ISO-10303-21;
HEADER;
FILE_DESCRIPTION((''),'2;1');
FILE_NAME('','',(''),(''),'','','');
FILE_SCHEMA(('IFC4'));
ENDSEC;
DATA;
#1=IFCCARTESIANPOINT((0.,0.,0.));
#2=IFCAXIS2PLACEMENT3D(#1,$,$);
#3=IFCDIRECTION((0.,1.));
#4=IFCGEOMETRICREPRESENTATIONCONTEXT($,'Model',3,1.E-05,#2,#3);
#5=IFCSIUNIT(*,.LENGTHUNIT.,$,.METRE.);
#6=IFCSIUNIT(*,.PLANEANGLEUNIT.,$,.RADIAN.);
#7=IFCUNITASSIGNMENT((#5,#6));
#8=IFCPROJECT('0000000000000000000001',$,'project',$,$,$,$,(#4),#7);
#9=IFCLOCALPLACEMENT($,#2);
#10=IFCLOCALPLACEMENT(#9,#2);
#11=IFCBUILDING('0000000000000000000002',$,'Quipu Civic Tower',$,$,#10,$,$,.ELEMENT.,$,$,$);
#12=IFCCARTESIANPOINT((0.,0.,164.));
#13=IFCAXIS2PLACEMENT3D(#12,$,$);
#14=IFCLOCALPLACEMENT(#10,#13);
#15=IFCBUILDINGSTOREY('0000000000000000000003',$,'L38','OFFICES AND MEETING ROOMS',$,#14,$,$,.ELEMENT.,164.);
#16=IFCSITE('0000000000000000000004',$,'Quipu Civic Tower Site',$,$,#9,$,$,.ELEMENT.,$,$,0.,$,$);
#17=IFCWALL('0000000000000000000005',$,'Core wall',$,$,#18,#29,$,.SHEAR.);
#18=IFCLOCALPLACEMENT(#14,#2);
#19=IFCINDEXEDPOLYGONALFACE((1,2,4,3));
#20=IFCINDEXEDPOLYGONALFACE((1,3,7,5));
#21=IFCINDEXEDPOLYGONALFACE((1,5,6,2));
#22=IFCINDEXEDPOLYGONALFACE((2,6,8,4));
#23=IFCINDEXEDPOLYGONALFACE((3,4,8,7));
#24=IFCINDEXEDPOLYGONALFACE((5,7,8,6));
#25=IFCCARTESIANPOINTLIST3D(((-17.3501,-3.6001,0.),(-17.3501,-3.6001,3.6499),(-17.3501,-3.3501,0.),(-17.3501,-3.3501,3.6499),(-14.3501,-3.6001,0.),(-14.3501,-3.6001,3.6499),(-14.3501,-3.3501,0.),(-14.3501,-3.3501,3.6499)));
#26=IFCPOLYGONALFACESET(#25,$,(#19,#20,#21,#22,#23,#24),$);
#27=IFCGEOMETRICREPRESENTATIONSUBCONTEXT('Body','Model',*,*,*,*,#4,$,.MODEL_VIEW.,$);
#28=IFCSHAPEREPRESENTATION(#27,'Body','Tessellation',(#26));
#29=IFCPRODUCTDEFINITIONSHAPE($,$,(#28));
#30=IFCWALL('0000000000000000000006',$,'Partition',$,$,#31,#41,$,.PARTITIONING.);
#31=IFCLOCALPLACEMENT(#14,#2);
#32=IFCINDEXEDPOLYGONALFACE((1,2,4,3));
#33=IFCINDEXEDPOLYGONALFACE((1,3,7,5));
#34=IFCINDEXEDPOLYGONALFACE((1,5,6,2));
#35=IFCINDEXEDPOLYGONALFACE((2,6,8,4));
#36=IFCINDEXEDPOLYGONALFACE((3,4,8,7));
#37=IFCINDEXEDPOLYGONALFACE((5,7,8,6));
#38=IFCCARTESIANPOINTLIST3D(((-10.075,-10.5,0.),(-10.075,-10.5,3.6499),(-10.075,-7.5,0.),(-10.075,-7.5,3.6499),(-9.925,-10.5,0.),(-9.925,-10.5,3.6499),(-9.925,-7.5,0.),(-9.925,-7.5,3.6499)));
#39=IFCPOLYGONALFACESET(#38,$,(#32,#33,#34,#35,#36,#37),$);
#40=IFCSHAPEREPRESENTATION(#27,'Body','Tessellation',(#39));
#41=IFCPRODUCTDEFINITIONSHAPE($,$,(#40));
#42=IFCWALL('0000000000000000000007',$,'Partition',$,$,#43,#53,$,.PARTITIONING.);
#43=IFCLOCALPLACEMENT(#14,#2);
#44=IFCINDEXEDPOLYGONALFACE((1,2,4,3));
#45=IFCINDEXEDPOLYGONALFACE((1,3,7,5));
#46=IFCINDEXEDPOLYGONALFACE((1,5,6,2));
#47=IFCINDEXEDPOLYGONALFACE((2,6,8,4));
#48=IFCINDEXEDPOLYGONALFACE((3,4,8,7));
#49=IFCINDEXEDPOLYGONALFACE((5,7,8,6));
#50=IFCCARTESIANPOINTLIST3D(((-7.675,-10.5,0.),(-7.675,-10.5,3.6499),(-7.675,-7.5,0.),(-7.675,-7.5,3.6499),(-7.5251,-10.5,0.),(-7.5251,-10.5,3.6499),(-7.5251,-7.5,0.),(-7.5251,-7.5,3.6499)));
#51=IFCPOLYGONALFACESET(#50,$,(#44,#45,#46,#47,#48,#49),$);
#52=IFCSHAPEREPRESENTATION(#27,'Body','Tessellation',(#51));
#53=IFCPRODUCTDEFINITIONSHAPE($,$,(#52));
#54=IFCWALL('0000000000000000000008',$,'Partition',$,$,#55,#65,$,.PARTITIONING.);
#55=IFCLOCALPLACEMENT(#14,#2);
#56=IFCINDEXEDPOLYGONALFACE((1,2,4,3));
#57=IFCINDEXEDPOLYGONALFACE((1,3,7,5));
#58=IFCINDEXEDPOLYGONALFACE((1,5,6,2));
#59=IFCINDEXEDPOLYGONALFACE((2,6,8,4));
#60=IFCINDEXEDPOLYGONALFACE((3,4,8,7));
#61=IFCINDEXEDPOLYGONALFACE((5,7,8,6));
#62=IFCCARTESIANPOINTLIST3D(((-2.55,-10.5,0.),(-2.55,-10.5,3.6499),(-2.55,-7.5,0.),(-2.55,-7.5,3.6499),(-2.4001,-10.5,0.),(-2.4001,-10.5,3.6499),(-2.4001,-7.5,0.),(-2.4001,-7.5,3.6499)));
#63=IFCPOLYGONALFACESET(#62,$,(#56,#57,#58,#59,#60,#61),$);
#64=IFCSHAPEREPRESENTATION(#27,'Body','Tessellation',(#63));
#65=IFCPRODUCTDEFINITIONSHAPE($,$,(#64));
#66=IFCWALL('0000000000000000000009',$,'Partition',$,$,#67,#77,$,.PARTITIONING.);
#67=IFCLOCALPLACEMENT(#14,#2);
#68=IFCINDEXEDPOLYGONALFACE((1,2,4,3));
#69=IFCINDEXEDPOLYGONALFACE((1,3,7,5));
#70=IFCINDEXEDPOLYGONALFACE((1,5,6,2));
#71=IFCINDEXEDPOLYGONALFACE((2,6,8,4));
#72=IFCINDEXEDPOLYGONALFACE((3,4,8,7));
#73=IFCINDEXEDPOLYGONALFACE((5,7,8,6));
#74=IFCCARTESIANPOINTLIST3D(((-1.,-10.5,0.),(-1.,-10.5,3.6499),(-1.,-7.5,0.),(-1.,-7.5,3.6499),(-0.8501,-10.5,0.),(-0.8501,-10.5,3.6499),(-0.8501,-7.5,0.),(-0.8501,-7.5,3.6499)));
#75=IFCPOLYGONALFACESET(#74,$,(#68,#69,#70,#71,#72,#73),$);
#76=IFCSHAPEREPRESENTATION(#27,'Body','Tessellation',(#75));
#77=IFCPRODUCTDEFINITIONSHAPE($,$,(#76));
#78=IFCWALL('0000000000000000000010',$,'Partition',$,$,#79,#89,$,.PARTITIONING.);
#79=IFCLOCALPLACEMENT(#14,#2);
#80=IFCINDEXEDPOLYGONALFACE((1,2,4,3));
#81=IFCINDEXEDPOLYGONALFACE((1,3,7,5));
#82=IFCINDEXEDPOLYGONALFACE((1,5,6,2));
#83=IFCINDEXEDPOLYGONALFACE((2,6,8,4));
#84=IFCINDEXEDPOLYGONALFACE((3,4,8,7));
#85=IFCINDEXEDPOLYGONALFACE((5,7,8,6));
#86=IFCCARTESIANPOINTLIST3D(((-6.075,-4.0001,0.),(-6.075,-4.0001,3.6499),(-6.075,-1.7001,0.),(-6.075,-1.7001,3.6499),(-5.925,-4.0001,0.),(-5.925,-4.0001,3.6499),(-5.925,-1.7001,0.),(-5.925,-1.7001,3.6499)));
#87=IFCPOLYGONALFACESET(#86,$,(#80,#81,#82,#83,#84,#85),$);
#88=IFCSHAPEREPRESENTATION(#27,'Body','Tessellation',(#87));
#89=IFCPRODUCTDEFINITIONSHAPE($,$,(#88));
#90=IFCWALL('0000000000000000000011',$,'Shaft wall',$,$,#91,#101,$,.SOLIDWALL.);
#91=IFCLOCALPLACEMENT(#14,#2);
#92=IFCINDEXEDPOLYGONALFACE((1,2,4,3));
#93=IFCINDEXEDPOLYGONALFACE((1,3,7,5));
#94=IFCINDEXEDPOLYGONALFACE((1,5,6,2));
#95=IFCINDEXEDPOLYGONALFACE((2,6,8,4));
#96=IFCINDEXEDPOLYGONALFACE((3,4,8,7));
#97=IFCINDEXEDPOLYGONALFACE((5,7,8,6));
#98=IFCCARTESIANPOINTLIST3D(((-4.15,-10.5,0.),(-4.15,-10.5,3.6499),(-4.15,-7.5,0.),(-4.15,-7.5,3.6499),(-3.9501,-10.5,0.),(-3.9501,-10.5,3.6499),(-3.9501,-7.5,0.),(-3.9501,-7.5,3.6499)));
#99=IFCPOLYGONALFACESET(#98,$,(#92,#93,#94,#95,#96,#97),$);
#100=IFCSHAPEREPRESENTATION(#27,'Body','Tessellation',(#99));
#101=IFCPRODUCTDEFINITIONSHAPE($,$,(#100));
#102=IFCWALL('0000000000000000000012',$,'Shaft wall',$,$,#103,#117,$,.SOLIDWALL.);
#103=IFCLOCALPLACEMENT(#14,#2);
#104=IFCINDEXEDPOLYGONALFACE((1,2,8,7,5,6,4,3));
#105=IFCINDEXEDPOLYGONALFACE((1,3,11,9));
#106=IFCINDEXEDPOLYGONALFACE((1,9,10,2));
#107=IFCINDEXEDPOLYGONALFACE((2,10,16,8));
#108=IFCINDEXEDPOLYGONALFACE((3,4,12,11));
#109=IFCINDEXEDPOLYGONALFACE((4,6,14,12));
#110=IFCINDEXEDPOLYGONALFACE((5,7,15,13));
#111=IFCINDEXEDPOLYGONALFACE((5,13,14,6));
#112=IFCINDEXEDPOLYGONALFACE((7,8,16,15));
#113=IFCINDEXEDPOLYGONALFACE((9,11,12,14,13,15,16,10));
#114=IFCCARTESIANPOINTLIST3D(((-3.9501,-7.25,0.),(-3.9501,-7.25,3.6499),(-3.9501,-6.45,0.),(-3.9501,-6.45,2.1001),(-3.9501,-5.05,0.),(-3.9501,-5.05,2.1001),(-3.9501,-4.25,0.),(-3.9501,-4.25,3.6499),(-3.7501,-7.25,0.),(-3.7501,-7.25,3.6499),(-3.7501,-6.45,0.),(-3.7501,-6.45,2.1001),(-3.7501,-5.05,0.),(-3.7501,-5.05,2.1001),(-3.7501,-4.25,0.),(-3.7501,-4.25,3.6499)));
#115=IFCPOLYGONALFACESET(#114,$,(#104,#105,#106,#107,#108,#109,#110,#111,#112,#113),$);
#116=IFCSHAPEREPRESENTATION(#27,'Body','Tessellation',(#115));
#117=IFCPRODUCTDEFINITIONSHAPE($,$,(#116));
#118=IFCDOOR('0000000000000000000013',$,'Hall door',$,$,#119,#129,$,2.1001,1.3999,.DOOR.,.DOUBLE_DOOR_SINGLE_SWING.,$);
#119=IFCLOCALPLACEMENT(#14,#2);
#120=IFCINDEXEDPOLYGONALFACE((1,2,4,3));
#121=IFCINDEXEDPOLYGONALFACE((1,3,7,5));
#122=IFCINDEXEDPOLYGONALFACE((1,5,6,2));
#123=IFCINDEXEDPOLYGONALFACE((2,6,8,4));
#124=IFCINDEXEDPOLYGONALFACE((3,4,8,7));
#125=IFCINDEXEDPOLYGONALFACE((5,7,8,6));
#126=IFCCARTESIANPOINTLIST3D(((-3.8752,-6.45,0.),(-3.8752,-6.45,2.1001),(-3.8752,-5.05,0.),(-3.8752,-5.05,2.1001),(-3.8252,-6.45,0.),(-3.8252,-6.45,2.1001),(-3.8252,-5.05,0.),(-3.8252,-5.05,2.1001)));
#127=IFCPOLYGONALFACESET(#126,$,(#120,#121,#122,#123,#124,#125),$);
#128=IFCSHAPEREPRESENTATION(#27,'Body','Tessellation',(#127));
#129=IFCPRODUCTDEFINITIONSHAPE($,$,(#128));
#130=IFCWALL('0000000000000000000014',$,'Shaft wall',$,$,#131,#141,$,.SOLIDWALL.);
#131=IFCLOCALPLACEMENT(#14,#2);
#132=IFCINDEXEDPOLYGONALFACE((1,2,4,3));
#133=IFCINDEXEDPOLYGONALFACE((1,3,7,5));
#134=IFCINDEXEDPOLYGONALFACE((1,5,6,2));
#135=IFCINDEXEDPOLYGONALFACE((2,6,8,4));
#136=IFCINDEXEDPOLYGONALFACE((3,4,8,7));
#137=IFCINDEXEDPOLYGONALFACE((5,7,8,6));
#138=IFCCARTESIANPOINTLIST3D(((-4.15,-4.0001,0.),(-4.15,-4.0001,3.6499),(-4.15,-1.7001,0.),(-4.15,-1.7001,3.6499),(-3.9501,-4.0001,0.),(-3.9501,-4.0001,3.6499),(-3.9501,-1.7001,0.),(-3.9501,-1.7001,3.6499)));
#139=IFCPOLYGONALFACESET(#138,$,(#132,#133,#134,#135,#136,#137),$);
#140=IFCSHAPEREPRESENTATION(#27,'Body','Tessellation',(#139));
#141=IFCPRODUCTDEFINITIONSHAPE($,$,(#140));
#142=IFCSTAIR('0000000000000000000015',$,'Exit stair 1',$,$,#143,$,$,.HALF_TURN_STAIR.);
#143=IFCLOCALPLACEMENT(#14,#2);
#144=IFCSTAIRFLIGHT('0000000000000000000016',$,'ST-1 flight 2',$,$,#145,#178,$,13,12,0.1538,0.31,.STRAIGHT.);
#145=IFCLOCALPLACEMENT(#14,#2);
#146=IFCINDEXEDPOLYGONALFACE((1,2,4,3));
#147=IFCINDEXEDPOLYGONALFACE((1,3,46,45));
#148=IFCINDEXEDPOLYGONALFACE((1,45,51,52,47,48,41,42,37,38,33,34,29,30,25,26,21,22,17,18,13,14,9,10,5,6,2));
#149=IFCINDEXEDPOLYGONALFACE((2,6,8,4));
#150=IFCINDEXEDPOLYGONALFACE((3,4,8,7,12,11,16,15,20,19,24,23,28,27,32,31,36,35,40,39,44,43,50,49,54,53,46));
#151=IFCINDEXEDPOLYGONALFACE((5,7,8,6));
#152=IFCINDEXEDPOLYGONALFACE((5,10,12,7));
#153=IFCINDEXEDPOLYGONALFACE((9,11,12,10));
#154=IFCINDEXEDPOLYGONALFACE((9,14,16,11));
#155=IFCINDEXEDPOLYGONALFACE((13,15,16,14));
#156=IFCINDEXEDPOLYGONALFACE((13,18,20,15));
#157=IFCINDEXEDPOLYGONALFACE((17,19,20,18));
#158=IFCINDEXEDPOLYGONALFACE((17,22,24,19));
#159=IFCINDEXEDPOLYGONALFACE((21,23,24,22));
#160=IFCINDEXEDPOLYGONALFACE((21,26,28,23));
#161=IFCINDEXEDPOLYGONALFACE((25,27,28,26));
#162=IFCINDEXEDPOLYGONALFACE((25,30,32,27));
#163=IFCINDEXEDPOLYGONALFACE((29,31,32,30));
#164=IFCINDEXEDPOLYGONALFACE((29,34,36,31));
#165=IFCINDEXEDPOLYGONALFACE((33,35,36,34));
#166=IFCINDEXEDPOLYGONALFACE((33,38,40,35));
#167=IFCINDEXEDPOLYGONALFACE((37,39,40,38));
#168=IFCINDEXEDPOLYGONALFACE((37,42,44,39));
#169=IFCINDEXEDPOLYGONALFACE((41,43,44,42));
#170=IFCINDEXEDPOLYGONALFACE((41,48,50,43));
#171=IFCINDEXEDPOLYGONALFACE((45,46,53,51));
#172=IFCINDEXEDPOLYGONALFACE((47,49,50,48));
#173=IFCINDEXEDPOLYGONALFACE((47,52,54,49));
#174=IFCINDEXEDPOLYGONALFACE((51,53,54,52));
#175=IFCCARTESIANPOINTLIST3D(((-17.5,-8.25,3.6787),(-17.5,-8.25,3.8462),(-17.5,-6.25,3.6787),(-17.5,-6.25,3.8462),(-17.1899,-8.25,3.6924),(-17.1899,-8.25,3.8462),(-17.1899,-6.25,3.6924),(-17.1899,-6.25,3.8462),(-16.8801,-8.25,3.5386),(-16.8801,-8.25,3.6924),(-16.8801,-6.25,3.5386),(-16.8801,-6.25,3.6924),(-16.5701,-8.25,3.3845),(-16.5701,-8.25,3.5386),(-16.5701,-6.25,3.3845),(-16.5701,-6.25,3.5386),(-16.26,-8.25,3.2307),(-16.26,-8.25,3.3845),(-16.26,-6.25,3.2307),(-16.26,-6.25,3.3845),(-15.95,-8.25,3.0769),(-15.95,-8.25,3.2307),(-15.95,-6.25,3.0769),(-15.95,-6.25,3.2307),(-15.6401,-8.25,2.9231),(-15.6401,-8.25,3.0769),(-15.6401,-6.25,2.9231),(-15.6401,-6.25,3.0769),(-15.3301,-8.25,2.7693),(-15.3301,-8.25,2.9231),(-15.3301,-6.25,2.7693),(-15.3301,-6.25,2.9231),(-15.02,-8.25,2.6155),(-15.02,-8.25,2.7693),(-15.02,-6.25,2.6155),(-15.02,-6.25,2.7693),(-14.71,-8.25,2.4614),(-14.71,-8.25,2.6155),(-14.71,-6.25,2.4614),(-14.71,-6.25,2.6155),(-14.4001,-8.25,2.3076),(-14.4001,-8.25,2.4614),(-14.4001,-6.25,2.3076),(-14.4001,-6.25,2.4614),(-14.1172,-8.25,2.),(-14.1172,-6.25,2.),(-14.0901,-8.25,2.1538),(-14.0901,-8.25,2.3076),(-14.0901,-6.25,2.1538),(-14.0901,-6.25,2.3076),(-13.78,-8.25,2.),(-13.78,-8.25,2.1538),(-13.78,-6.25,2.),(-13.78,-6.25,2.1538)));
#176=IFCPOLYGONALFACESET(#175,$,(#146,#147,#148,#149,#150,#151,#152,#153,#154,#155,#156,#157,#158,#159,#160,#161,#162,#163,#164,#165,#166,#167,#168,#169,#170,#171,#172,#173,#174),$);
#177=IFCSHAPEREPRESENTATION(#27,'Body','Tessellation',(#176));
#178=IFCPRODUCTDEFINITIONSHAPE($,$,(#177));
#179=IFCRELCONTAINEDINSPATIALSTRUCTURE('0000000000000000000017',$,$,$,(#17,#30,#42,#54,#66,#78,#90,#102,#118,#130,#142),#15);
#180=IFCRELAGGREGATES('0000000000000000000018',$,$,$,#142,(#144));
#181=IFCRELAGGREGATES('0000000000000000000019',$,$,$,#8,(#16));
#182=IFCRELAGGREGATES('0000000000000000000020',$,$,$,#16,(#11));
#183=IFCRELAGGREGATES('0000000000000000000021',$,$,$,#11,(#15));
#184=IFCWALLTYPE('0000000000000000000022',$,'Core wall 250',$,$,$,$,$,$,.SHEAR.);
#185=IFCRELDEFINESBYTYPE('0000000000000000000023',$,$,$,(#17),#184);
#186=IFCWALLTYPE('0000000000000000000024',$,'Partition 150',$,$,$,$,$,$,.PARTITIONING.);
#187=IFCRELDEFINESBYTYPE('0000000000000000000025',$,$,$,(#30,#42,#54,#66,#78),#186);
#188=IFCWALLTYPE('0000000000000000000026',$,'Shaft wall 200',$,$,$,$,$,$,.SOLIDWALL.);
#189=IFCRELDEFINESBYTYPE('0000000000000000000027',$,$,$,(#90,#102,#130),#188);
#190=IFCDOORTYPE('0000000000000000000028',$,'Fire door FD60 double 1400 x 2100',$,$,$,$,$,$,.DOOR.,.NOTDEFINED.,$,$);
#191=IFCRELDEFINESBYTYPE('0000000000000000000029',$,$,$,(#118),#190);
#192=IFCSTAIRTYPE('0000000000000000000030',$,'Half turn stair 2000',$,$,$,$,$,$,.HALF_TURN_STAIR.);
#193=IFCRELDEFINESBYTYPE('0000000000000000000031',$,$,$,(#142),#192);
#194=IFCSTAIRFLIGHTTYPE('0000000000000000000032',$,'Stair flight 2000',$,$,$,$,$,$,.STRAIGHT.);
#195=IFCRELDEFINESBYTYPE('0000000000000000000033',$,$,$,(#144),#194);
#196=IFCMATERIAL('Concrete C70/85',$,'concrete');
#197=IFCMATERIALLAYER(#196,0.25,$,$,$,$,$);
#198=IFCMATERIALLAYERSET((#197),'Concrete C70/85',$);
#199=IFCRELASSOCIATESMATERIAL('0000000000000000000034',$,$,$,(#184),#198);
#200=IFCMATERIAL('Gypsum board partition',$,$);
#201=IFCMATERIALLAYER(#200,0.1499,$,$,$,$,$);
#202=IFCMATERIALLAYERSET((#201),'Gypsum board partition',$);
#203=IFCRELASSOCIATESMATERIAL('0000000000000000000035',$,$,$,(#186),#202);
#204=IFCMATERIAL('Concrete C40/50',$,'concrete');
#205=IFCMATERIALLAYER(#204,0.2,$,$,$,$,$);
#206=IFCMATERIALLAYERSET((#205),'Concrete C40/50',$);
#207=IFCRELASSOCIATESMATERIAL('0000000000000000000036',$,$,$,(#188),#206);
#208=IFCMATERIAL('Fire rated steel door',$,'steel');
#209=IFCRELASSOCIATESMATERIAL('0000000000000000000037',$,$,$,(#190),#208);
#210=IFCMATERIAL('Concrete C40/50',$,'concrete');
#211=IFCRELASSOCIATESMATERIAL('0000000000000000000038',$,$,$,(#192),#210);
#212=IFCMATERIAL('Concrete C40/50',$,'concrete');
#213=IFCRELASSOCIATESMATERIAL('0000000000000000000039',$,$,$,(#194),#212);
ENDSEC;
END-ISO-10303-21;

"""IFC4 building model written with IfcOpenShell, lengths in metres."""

from ifc_helpers import new_model, si_unit, direction, frame, frame_2d, origin, place, context, subcontext, project, spatial, polyline, rectangle, outline, extrude, material, layer, layer_set, type_object, element, fill, aggregate, save


model = new_model("IFC4")

# Units and contexts
model_context = context("Model", 3, precision=1e-05, world=origin(), true_north=direction((0.0, 1.0)))
body_context = subcontext(model_context, "Body", "Model", "MODEL_VIEW")
ifc_project = project(units=[si_unit("LENGTHUNIT", "METRE"), si_unit("PLANEANGLEUNIT", "RADIAN")], contexts=[model_context])

# Site, building, storey
site_placement = place(None, origin())
site = spatial("IfcSite", under=ifc_project, at=site_placement, Name="Quipu Civic Tower Site", CompositionType="ELEMENT", RefElevation=0.0)
building_placement = place(site_placement, origin())
building = spatial("IfcBuilding", under=site, at=building_placement, Name="Quipu Civic Tower", CompositionType="ELEMENT")
storey_placement = place(building_placement, frame((0.0, 0.0, 164.0)))
storey = spatial("IfcBuildingStorey", under=building, at=storey_placement, Name="L38", Description="OFFICES AND MEETING ROOMS", CompositionType="ELEMENT", Elevation=164.0)

# Shared definitions
ifc_material_1 = material(Name="Concrete C70/85", Category="concrete")
ifc_layer_1 = layer(ifc_material_1, 0.25)
ifc_layer_set_1 = layer_set([ifc_layer_1], Name="Concrete C70/85")
wall_type_1 = type_object("IfcWallType", Name="Core wall 250", PredefinedType="SHEAR", material=ifc_layer_set_1)

# Walls
wall_1_placement = place(storey_placement, frame((-17.3501, -3.4751, 0.0), z_axis=(0.0, 0.0, 1.0), x_axis=(1.0, 0.0, 0.0)))
element("IfcWall", 1, at=wall_1_placement, inside=storey, type_object=wall_type_1, Name="Core wall", PredefinedType="SHEAR", context=body_context, shape_type="SweptSolid", body=[
    extrude(rectangle(XDim=3.0, YDim=0.25, at=frame_2d((1.5, 0.0))), origin(), (0.0, 0.0, 1.0), 3.6499),
])
ifc_material_2 = material(Name="Gypsum board partition")
ifc_layer_2 = layer(ifc_material_2, 0.1499)
ifc_layer_set_2 = layer_set([ifc_layer_2], Name="Gypsum board partition")
wall_type_2 = type_object("IfcWallType", Name="Partition 150", PredefinedType="PARTITIONING", material=ifc_layer_set_2)
for number, where, z_axis, x_axis, name in (
    (2, (-10.0, -10.5, 0.0), (0.0, 0.0, 1.0), (0.0, 1.0, 0.0), "Partition"),
    (3, (-7.6001, -10.5, 0.0), (0.0, 0.0, 1.0), (0.0, 1.0, 0.0), "Partition"),
    (4, (-2.4751, -10.5, 0.0), (0.0, 0.0, 1.0), (0.0, 1.0, 0.0), "Partition"),
    (5, (-0.925, -10.5, 0.0), (0.0, 0.0, 1.0), (0.0, 1.0, 0.0), "Partition"),
):
    element("IfcWall", number, at=place(storey_placement, frame(where, z_axis=z_axis, x_axis=x_axis)), inside=storey, type_object=wall_type_2, Name=name, PredefinedType="PARTITIONING", context=body_context, shape_type="SweptSolid", body=[
        extrude(rectangle(XDim=3.0, YDim=0.1499, at=frame_2d((1.5, 0.0))), origin(), (0.0, 0.0, 1.0), 3.6499),
    ])
wall_2_placement = place(storey_placement, frame((-6.0, -4.0, 0.0), z_axis=(0.0, 0.0, 1.0), x_axis=(0.0, 1.0, 0.0)))
element("IfcWall", 6, at=wall_2_placement, inside=storey, type_object=wall_type_2, Name="Partition", PredefinedType="PARTITIONING", context=body_context, shape_type="SweptSolid", body=[
    extrude(rectangle(XDim=2.3, YDim=0.1499, at=frame_2d((1.1499, 0.0))), origin(), (0.0, 0.0, 1.0), 3.6499),
])
ifc_material_3 = material(Name="Concrete C40/50", Category="concrete")
ifc_layer_3 = layer(ifc_material_3, 0.2)
ifc_layer_set_3 = layer_set([ifc_layer_3], Name="Concrete C40/50")
wall_type_3 = type_object("IfcWallType", Name="Shaft wall 200", PredefinedType="SOLIDWALL", material=ifc_layer_set_3)
wall_3_placement = place(storey_placement, frame((-4.05, -10.5, 0.0), z_axis=(0.0, 0.0, 1.0), x_axis=(0.0, 1.0, 0.0)))
element("IfcWall", 7, at=wall_3_placement, inside=storey, type_object=wall_type_3, Name="Shaft wall", PredefinedType="SOLIDWALL", context=body_context, shape_type="SweptSolid", body=[
    extrude(rectangle(XDim=3.0, YDim=0.2, at=frame_2d((1.5, 0.0))), origin(), (0.0, 0.0, 1.0), 3.6499),
])

# Wall, opening, door
wall_4_placement = place(storey_placement, frame((-3.8501, -4.25, 0.0), z_axis=(0.0, 0.0, 1.0), x_axis=(0.0, -1.0, 0.0)))
wall_4 = element("IfcWall", 8, at=wall_4_placement, inside=storey, type_object=wall_type_3, Name="Shaft wall", PredefinedType="SOLIDWALL", context=body_context, shape_type="SweptSolid", body=[
    extrude(rectangle(XDim=3.0, YDim=0.2, at=frame_2d((1.5, 0.0))), origin(), (0.0, 0.0, 1.0), 3.6499),
])
opening_1_placement = place(wall_4_placement, frame((0.8, 0.0, 0.0)))
opening_1 = element("IfcOpeningElement", 9, at=opening_1_placement, cuts=wall_4, PredefinedType="OPENING", context=body_context, shape_type="SweptSolid", body=[
    extrude(rectangle(XDim=1.3999, YDim=2.1001, at=frame_2d((0.7, 1.05))), frame((0.0, 0.1099, 0.0), z_axis=(0.0, -1.0, 0.0), x_axis=(1.0, 0.0, 0.0)), (0.0, 0.0, 1.0), 0.22),
])
ifc_material_4 = material(Name="Fire rated steel door", Category="steel")
door_type_1 = type_object("IfcDoorType", Name="Fire door FD60 double 1400 x 2100", OperationType="NOTDEFINED", PredefinedType="DOOR", material=ifc_material_4)
door_1_placement = place(opening_1_placement, origin())
door_1 = element("IfcDoor", 10, at=door_1_placement, inside=storey, type_object=door_type_1, Name="Hall door", OperationType="DOUBLE_DOOR_SINGLE_SWING", OverallHeight=2.1001, OverallWidth=1.3999, PredefinedType="DOOR", context=body_context, shape_type="SweptSolid", body=[
    extrude(rectangle(XDim=1.3999, YDim=2.1001, at=frame_2d((0.7, 1.05))), frame((0.0, 0.0249, 0.0), z_axis=(0.0, -1.0, 0.0), x_axis=(1.0, 0.0, 0.0)), (0.0, 0.0, 1.0), 0.05),
])
fill(opening_1, door_1)

# Wall
wall_5_placement = place(storey_placement, frame((-4.05, -4.0, 0.0), z_axis=(0.0, 0.0, 1.0), x_axis=(0.0, 1.0, 0.0)))
element("IfcWall", 11, at=wall_5_placement, inside=storey, type_object=wall_type_3, Name="Shaft wall", PredefinedType="SOLIDWALL", context=body_context, shape_type="SweptSolid", body=[
    extrude(rectangle(XDim=2.3, YDim=0.2, at=frame_2d((1.1499, 0.0))), origin(), (0.0, 0.0, 1.0), 3.6499),
])

# Stair, stair flight
ifc_material_5 = material(Name="Concrete C40/50", Category="concrete")
stair_type = type_object("IfcStairType", Name="Half turn stair 2000", PredefinedType="HALF_TURN_STAIR", material=ifc_material_5)
stair_placement = place(storey_placement, origin())
stair = element("IfcStair", 12, at=stair_placement, inside=storey, type_object=stair_type, Name="Exit stair 1", PredefinedType="HALF_TURN_STAIR")
ifc_material_6 = material(Name="Concrete C40/50", Category="concrete")
stair_flight_type = type_object("IfcStairFlightType", Name="Stair flight 2000", PredefinedType="STRAIGHT", material=ifc_material_6)
stair_flight_placement = place(storey_placement, frame((-13.78, -7.25, 2.0), z_axis=(0.0, 0.0, 1.0), x_axis=(-1.0, 0.0, 0.0)))
stair_flight = element("IfcStairFlight", 13, at=stair_flight_placement, type_object=stair_flight_type, Name="ST-1 flight 2", NumberOfRisers=13, NumberOfTreads=12, PredefinedType="STRAIGHT", RiserHeight=0.1538, TreadLength=0.31, context=body_context, shape_type="SweptSolid", body=[
    extrude(outline(polyline([(0.0, 0.0), (0.0, 0.1538), (0.3101, 0.1538), (0.3101, 0.3076), (0.6201, 0.3076), (0.6201, 0.4614), (0.9299, 0.4614), (0.9299, 0.6155), (1.24, 0.6155), (1.24, 0.7693), (1.55, 0.7693), (1.55, 0.9231), (1.8601, 0.9231), (1.8601, 1.0769), (2.1699, 1.0769), (2.1699, 1.2307), (2.48, 1.2307), (2.48, 1.3845), (2.79, 1.3845), (2.79, 1.5386), (3.1001, 1.5386), (3.1001, 1.6924), (3.4099, 1.6924), (3.4099, 1.8462), (3.72, 1.8462), (3.72, 2.0), (3.72, 1.6787), (0.3372, 0.0), (0.0, 0.0)])), frame((0.0, 1.0, 0.0), z_axis=(0.0, -1.0, 0.0), x_axis=(1.0, 0.0, 0.0)), (0.0, 0.0, 1.0), 2.0),
])
aggregate(stair, [stair_flight])

save(model, "model.ifc")
